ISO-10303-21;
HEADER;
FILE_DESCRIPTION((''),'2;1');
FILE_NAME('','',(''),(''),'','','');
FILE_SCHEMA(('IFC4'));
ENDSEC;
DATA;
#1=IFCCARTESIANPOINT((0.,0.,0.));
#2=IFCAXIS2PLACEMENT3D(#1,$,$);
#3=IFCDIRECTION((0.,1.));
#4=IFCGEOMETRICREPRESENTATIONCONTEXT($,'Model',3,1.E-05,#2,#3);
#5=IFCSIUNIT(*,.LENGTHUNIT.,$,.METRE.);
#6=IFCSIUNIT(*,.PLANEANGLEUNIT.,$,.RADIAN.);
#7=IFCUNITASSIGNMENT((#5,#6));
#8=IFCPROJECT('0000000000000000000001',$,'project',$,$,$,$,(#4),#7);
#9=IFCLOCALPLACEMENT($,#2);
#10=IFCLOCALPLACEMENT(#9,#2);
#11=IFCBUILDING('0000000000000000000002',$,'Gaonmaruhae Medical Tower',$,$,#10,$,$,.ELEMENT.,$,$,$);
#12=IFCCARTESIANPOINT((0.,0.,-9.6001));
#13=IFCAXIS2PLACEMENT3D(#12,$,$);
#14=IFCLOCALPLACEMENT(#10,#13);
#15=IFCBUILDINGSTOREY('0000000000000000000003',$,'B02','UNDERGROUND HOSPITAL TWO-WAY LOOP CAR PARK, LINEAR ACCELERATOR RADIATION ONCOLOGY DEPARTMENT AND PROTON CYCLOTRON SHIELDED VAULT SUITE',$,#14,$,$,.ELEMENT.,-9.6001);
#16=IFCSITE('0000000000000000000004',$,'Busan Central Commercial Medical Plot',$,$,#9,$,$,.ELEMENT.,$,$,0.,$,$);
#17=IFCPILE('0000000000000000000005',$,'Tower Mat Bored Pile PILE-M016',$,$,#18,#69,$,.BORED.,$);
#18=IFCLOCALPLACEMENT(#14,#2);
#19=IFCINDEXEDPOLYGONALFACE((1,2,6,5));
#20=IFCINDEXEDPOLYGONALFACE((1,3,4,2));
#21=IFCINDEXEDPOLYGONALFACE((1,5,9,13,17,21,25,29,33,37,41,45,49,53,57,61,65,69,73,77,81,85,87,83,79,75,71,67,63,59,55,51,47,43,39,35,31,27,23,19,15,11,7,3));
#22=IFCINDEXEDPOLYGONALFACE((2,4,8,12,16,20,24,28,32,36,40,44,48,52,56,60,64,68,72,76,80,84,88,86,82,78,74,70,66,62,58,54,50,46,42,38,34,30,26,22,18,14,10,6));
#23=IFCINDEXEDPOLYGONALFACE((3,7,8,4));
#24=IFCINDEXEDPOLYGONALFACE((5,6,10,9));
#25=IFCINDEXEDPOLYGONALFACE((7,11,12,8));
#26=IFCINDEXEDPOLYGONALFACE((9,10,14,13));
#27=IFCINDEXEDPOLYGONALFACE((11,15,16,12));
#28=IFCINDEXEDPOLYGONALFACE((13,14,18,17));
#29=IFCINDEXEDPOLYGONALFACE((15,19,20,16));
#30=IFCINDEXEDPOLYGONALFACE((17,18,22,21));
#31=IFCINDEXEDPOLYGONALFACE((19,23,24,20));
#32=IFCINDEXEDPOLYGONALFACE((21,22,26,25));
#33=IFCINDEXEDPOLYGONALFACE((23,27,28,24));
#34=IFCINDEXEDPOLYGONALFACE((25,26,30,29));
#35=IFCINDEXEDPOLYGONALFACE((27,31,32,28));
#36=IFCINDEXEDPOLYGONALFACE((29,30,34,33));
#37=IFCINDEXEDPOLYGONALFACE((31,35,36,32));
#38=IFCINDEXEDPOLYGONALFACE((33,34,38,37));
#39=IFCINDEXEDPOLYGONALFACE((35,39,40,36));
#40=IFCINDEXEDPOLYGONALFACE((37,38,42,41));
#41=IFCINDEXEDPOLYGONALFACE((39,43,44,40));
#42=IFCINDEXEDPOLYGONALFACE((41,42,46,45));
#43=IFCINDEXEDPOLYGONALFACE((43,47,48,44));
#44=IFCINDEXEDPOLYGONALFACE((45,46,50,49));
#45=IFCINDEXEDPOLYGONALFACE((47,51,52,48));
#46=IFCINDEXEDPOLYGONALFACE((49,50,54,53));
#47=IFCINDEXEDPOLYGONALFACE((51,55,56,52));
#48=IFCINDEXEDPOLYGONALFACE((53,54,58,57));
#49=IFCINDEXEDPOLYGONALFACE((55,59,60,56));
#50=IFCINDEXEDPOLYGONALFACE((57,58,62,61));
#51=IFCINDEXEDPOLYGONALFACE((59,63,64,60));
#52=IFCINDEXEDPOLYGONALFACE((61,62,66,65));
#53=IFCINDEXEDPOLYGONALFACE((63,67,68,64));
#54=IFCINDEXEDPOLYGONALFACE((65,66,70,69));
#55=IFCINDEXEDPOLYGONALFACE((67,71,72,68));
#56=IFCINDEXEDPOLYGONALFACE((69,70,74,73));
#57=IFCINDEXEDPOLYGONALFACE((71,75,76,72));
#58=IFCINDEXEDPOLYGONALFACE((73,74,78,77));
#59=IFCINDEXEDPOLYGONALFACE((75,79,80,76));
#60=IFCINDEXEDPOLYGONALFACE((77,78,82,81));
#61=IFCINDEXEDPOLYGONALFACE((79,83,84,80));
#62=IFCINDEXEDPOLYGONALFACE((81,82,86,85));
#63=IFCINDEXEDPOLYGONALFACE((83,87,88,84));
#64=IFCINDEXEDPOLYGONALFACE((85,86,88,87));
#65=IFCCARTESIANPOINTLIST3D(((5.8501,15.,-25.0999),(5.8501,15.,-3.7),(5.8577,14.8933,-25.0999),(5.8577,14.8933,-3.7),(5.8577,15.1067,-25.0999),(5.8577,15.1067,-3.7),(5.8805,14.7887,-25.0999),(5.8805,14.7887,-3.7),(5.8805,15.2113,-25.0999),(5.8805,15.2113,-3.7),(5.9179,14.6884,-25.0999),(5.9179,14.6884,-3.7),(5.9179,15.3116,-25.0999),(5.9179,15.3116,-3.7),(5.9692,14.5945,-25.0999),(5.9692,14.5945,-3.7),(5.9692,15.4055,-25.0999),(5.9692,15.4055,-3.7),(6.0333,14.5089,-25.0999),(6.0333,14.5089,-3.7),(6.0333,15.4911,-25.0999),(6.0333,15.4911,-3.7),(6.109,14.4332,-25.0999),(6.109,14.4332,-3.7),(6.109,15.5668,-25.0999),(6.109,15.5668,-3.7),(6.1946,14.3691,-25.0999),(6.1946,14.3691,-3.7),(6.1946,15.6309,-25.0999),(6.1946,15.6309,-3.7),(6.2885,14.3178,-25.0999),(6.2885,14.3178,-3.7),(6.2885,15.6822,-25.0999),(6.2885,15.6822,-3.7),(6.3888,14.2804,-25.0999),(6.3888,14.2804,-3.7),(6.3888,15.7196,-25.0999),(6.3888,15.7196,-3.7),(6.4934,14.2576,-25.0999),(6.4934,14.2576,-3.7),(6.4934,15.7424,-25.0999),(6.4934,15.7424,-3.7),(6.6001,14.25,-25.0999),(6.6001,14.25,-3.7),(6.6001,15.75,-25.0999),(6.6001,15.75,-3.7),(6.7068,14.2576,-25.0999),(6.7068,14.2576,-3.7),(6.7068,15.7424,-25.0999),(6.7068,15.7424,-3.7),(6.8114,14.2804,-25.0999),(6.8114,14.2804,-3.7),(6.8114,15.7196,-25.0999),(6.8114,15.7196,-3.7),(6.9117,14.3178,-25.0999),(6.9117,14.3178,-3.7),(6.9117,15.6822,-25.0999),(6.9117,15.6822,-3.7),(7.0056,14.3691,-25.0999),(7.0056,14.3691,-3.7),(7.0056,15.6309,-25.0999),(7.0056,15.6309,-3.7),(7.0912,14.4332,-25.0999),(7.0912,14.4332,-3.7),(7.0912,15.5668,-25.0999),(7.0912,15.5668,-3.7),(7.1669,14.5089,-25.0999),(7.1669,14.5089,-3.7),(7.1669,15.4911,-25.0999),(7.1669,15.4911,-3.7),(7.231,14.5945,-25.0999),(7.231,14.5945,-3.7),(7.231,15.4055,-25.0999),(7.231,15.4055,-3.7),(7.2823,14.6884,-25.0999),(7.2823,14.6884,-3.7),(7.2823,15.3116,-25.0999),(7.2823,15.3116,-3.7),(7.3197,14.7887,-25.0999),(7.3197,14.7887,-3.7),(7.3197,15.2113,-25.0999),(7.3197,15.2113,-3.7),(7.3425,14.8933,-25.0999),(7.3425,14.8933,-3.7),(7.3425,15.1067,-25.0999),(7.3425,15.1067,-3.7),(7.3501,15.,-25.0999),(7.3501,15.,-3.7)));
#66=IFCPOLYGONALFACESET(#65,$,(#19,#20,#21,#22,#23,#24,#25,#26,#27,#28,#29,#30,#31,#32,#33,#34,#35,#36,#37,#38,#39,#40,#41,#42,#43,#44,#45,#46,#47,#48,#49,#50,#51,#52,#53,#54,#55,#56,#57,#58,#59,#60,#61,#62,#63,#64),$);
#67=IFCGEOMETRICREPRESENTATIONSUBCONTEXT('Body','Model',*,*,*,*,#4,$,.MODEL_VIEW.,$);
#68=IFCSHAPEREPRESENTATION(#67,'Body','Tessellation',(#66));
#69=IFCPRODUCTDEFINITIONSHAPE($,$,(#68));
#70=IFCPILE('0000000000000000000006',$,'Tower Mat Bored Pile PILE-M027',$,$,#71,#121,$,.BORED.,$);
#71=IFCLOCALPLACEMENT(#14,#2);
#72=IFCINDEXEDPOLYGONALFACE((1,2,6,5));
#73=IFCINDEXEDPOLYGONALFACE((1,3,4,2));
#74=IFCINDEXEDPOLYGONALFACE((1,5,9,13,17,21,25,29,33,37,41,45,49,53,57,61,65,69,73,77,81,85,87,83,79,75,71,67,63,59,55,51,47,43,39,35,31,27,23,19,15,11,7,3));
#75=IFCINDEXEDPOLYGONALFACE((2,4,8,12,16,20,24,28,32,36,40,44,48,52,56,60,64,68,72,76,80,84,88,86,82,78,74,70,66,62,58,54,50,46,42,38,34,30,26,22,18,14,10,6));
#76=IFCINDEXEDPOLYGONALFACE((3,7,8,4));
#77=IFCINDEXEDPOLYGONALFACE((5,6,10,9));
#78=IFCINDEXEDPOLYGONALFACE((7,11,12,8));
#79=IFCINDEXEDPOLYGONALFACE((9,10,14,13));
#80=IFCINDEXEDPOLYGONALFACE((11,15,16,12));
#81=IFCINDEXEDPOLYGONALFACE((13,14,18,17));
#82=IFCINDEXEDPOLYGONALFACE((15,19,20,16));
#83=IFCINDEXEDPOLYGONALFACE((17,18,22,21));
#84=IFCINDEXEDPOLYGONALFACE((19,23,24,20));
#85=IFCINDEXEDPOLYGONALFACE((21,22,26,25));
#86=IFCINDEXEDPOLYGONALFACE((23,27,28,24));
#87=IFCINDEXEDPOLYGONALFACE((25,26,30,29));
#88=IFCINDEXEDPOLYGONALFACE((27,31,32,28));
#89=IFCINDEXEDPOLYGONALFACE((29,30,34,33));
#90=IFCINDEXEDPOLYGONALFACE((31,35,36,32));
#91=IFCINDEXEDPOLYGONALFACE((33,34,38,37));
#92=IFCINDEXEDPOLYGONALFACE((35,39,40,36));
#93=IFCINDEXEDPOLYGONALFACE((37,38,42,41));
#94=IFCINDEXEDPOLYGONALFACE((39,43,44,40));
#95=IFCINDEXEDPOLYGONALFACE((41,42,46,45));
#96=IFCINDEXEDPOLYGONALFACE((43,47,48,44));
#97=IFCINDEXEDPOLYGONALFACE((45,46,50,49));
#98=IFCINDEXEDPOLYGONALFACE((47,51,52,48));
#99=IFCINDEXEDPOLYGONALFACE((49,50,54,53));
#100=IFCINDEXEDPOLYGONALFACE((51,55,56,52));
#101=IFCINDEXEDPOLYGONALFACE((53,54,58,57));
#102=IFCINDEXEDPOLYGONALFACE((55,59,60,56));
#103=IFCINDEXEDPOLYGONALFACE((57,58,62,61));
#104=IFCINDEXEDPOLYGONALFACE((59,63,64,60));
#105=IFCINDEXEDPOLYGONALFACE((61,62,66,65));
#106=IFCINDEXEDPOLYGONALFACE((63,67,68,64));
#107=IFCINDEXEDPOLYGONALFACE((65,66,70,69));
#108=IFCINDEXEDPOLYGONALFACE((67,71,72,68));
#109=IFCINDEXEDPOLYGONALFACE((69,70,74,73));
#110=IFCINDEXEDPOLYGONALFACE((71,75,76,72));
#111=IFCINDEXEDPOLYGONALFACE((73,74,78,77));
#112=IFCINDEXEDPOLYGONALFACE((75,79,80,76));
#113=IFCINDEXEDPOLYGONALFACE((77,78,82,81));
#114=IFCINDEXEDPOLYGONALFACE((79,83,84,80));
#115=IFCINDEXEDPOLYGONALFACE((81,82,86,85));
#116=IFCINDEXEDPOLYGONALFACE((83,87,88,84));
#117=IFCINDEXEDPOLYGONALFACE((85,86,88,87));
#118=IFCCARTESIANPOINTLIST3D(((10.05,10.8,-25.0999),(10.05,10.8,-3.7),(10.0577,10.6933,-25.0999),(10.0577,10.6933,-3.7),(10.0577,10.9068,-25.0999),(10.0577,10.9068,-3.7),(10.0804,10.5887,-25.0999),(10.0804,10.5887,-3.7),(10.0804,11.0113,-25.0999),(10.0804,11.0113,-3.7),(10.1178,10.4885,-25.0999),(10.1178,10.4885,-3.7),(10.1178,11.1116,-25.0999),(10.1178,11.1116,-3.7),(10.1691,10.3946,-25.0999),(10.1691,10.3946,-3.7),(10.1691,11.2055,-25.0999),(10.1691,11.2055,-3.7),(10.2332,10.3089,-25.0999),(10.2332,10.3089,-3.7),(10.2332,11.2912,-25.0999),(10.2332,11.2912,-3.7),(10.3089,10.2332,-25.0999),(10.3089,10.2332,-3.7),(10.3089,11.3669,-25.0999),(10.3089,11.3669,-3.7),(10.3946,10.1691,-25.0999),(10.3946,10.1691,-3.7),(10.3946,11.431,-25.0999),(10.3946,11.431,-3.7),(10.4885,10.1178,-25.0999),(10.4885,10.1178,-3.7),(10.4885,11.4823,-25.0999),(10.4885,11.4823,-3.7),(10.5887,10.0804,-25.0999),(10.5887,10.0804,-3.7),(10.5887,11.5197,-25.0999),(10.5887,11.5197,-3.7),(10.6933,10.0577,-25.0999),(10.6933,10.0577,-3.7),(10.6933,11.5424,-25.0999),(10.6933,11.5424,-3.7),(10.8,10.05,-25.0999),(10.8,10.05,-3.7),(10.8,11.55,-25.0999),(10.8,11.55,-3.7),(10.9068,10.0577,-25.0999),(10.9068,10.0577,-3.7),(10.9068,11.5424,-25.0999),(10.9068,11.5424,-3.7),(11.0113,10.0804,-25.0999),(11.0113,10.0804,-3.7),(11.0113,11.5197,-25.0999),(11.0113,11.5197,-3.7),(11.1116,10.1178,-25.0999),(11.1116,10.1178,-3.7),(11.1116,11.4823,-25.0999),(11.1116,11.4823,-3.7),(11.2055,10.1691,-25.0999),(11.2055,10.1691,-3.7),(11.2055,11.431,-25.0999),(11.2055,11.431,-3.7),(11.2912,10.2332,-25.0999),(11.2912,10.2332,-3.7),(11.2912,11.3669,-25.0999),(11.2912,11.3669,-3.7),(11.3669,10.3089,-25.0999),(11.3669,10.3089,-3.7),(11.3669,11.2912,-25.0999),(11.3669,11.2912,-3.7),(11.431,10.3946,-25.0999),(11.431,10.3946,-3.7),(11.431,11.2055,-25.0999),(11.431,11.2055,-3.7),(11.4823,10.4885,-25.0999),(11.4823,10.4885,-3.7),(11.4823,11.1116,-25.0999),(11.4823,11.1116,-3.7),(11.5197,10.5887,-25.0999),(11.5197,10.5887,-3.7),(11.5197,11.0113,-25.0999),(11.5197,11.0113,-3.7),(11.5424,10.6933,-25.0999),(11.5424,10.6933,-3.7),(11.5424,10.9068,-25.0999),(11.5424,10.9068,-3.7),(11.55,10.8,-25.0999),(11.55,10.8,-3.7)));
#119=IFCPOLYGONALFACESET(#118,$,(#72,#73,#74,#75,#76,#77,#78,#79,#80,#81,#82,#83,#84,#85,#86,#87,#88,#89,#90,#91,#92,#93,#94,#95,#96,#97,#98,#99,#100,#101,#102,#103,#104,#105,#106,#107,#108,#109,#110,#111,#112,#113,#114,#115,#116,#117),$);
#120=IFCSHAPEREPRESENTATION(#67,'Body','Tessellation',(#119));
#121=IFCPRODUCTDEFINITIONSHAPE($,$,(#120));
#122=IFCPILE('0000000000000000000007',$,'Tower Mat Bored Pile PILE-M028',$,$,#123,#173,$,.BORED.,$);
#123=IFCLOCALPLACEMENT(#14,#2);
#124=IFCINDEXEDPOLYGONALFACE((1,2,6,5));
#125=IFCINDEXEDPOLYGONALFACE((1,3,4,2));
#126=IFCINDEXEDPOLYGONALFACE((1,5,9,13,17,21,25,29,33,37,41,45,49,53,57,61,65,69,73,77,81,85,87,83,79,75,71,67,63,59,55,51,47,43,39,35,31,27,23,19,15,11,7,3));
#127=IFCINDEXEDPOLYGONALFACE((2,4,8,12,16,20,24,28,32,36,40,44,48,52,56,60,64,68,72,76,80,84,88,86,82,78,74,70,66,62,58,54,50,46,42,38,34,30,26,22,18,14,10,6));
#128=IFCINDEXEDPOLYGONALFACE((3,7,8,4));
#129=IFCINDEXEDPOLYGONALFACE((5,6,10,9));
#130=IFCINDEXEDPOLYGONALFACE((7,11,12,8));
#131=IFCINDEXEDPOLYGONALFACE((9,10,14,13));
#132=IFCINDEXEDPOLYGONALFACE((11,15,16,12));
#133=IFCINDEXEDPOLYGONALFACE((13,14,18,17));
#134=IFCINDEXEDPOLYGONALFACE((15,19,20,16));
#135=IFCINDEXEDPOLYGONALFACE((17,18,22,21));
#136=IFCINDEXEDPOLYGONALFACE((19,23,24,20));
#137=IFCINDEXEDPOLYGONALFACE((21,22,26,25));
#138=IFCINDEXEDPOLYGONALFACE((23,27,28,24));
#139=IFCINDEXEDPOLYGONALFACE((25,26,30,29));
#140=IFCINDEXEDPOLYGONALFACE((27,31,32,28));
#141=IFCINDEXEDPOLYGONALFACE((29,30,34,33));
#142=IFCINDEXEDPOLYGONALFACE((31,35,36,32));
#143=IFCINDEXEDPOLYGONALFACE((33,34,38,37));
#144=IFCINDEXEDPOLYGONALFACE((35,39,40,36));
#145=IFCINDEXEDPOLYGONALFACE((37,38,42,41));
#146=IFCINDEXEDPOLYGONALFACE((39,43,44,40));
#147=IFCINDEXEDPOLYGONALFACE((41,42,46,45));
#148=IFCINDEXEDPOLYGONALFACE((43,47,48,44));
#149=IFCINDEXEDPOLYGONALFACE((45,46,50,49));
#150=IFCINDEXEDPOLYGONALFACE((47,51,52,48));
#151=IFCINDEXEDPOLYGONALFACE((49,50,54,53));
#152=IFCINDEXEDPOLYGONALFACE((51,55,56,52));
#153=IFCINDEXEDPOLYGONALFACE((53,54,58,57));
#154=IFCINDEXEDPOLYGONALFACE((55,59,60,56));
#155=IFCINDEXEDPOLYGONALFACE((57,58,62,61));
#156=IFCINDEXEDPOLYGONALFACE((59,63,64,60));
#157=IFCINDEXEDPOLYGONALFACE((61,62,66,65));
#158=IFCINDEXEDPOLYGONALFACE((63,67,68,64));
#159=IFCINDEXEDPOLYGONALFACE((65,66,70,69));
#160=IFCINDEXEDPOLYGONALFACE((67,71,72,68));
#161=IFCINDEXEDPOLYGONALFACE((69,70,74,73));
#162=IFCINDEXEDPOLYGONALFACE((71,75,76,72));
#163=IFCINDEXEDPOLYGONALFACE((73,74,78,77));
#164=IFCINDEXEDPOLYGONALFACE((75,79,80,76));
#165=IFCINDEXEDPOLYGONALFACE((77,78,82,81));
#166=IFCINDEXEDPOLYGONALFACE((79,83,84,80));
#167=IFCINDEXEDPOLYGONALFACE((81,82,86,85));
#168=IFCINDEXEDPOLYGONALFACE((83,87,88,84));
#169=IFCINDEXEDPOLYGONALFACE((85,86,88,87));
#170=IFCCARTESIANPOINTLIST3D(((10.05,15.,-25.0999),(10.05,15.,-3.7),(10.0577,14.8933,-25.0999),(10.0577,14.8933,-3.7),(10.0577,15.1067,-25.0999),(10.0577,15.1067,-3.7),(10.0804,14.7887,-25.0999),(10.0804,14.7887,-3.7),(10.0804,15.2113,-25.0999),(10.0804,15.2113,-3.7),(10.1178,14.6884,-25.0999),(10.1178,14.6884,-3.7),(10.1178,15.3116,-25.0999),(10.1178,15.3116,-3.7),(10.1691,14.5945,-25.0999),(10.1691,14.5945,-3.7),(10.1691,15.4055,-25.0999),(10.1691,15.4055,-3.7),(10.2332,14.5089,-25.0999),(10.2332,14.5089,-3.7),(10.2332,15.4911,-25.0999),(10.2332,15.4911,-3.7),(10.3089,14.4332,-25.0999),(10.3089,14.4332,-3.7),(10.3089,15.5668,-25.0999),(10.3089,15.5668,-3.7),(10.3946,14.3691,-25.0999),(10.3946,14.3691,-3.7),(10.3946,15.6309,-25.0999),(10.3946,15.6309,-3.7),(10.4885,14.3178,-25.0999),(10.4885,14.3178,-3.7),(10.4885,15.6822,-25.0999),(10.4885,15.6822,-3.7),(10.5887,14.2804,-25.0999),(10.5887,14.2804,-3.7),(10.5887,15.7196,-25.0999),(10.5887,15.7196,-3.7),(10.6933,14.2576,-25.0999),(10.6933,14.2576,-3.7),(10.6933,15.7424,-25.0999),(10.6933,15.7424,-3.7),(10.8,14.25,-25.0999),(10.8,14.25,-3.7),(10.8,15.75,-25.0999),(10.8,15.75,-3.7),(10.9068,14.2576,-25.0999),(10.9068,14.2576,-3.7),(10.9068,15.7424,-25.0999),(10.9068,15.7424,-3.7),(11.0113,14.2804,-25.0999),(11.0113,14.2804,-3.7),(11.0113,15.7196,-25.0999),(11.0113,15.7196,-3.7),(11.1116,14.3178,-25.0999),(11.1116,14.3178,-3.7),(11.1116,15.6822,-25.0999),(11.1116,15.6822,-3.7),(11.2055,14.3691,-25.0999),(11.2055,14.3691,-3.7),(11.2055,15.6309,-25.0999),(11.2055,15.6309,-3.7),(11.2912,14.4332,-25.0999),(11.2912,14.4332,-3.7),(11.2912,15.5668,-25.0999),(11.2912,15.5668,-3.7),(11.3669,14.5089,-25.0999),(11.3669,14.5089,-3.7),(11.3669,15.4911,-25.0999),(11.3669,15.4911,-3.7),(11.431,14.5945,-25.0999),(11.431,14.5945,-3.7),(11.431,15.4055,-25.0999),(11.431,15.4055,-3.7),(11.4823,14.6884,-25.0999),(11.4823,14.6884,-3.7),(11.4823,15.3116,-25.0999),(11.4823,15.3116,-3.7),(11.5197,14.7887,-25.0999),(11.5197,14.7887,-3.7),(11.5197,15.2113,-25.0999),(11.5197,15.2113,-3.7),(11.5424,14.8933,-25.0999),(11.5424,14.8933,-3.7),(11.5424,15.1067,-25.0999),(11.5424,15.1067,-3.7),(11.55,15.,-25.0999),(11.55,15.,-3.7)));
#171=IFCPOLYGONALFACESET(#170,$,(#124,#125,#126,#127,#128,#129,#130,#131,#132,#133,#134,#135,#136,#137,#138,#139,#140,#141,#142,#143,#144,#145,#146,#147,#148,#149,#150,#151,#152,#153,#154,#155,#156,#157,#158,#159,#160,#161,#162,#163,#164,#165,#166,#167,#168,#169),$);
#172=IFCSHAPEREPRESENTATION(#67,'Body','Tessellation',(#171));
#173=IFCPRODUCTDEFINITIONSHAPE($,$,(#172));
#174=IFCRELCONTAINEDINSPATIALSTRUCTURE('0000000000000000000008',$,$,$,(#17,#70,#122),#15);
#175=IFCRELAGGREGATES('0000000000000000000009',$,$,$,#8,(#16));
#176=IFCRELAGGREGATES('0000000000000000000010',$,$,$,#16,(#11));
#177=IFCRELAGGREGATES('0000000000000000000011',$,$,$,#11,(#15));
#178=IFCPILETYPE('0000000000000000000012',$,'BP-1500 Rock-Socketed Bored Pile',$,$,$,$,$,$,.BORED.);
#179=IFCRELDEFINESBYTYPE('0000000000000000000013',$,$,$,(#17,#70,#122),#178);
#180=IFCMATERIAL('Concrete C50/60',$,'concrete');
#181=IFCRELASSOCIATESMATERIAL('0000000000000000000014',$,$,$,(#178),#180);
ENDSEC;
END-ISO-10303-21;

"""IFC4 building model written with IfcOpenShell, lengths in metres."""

from ifc_helpers import new_model, si_unit, direction, frame, origin, origin_2d, place, context, subcontext, project, spatial, circle, extrude, material, material_profile, profile_set, type_object, element, save


model = new_model("IFC4")

# Units and contexts
model_context = context("Model", 3, precision=1e-05, world=origin(), true_north=direction((0.0, 1.0)))
body_context = subcontext(model_context, "Body", "Model", "MODEL_VIEW")
ifc_project = project(units=[si_unit("LENGTHUNIT", "METRE"), si_unit("PLANEANGLEUNIT", "RADIAN")], contexts=[model_context])

# Site, building, storey
site_placement = place(None, origin())
site = spatial("IfcSite", under=ifc_project, at=site_placement, Name="Busan Central Commercial Medical Plot", CompositionType="ELEMENT", RefElevation=0.0)
building_placement = place(site_placement, origin())
building = spatial("IfcBuilding", under=site, at=building_placement, Name="Gaonmaruhae Medical Tower", CompositionType="ELEMENT")
storey_placement = place(building_placement, frame((0.0, 0.0, -9.6001)))
storey = spatial("IfcBuildingStorey", under=building, at=storey_placement, Name="B02", Description="UNDERGROUND HOSPITAL TWO-WAY LOOP CAR PARK, LINEAR ACCELERATOR RADIATION ONCOLOGY DEPARTMENT AND PROTON CYCLOTRON SHIELDED VAULT SUITE", CompositionType="ELEMENT", Elevation=-9.6001)

# Piles
ifc_material_1 = material(Name="Concrete C50/60", Category="concrete")
ifc_material_profile_1 = material_profile(ifc_material_1, circle(Radius=0.75, at=origin_2d()), Name="PILE-D1500")
ifc_profile_set_1 = profile_set([ifc_material_profile_1], Name="Concrete C50/60")
pile_type = type_object("IfcPileType", Name="BP-1500 Rock-Socketed Bored Pile", PredefinedType="BORED", material=ifc_profile_set_1)
for number, where, z_axis, x_axis, name in (
    (1, (6.6001, 15.0, -3.7), (0.0, 0.0, -1.0), (1.0, 0.0, 0.0), "Tower Mat Bored Pile PILE-M016"),
    (2, (10.8, 10.8, -3.7), (0.0, 0.0, -1.0), (1.0, 0.0, 0.0), "Tower Mat Bored Pile PILE-M027"),
    (3, (10.8, 15.0, -3.7), (0.0, 0.0, -1.0), (1.0, 0.0, 0.0), "Tower Mat Bored Pile PILE-M028"),
):
    element("IfcPile", number, at=place(storey_placement, frame(where, z_axis=z_axis, x_axis=x_axis)), inside=storey, type_object=pile_type, Name=name, PredefinedType="BORED", context=body_context, shape_type="SweptSolid", body=[
        extrude(circle(Radius=0.75, at=origin_2d()), origin(), (0.0, 0.0, 1.0), 21.3999),
    ])

save(model, "model.ifc")
